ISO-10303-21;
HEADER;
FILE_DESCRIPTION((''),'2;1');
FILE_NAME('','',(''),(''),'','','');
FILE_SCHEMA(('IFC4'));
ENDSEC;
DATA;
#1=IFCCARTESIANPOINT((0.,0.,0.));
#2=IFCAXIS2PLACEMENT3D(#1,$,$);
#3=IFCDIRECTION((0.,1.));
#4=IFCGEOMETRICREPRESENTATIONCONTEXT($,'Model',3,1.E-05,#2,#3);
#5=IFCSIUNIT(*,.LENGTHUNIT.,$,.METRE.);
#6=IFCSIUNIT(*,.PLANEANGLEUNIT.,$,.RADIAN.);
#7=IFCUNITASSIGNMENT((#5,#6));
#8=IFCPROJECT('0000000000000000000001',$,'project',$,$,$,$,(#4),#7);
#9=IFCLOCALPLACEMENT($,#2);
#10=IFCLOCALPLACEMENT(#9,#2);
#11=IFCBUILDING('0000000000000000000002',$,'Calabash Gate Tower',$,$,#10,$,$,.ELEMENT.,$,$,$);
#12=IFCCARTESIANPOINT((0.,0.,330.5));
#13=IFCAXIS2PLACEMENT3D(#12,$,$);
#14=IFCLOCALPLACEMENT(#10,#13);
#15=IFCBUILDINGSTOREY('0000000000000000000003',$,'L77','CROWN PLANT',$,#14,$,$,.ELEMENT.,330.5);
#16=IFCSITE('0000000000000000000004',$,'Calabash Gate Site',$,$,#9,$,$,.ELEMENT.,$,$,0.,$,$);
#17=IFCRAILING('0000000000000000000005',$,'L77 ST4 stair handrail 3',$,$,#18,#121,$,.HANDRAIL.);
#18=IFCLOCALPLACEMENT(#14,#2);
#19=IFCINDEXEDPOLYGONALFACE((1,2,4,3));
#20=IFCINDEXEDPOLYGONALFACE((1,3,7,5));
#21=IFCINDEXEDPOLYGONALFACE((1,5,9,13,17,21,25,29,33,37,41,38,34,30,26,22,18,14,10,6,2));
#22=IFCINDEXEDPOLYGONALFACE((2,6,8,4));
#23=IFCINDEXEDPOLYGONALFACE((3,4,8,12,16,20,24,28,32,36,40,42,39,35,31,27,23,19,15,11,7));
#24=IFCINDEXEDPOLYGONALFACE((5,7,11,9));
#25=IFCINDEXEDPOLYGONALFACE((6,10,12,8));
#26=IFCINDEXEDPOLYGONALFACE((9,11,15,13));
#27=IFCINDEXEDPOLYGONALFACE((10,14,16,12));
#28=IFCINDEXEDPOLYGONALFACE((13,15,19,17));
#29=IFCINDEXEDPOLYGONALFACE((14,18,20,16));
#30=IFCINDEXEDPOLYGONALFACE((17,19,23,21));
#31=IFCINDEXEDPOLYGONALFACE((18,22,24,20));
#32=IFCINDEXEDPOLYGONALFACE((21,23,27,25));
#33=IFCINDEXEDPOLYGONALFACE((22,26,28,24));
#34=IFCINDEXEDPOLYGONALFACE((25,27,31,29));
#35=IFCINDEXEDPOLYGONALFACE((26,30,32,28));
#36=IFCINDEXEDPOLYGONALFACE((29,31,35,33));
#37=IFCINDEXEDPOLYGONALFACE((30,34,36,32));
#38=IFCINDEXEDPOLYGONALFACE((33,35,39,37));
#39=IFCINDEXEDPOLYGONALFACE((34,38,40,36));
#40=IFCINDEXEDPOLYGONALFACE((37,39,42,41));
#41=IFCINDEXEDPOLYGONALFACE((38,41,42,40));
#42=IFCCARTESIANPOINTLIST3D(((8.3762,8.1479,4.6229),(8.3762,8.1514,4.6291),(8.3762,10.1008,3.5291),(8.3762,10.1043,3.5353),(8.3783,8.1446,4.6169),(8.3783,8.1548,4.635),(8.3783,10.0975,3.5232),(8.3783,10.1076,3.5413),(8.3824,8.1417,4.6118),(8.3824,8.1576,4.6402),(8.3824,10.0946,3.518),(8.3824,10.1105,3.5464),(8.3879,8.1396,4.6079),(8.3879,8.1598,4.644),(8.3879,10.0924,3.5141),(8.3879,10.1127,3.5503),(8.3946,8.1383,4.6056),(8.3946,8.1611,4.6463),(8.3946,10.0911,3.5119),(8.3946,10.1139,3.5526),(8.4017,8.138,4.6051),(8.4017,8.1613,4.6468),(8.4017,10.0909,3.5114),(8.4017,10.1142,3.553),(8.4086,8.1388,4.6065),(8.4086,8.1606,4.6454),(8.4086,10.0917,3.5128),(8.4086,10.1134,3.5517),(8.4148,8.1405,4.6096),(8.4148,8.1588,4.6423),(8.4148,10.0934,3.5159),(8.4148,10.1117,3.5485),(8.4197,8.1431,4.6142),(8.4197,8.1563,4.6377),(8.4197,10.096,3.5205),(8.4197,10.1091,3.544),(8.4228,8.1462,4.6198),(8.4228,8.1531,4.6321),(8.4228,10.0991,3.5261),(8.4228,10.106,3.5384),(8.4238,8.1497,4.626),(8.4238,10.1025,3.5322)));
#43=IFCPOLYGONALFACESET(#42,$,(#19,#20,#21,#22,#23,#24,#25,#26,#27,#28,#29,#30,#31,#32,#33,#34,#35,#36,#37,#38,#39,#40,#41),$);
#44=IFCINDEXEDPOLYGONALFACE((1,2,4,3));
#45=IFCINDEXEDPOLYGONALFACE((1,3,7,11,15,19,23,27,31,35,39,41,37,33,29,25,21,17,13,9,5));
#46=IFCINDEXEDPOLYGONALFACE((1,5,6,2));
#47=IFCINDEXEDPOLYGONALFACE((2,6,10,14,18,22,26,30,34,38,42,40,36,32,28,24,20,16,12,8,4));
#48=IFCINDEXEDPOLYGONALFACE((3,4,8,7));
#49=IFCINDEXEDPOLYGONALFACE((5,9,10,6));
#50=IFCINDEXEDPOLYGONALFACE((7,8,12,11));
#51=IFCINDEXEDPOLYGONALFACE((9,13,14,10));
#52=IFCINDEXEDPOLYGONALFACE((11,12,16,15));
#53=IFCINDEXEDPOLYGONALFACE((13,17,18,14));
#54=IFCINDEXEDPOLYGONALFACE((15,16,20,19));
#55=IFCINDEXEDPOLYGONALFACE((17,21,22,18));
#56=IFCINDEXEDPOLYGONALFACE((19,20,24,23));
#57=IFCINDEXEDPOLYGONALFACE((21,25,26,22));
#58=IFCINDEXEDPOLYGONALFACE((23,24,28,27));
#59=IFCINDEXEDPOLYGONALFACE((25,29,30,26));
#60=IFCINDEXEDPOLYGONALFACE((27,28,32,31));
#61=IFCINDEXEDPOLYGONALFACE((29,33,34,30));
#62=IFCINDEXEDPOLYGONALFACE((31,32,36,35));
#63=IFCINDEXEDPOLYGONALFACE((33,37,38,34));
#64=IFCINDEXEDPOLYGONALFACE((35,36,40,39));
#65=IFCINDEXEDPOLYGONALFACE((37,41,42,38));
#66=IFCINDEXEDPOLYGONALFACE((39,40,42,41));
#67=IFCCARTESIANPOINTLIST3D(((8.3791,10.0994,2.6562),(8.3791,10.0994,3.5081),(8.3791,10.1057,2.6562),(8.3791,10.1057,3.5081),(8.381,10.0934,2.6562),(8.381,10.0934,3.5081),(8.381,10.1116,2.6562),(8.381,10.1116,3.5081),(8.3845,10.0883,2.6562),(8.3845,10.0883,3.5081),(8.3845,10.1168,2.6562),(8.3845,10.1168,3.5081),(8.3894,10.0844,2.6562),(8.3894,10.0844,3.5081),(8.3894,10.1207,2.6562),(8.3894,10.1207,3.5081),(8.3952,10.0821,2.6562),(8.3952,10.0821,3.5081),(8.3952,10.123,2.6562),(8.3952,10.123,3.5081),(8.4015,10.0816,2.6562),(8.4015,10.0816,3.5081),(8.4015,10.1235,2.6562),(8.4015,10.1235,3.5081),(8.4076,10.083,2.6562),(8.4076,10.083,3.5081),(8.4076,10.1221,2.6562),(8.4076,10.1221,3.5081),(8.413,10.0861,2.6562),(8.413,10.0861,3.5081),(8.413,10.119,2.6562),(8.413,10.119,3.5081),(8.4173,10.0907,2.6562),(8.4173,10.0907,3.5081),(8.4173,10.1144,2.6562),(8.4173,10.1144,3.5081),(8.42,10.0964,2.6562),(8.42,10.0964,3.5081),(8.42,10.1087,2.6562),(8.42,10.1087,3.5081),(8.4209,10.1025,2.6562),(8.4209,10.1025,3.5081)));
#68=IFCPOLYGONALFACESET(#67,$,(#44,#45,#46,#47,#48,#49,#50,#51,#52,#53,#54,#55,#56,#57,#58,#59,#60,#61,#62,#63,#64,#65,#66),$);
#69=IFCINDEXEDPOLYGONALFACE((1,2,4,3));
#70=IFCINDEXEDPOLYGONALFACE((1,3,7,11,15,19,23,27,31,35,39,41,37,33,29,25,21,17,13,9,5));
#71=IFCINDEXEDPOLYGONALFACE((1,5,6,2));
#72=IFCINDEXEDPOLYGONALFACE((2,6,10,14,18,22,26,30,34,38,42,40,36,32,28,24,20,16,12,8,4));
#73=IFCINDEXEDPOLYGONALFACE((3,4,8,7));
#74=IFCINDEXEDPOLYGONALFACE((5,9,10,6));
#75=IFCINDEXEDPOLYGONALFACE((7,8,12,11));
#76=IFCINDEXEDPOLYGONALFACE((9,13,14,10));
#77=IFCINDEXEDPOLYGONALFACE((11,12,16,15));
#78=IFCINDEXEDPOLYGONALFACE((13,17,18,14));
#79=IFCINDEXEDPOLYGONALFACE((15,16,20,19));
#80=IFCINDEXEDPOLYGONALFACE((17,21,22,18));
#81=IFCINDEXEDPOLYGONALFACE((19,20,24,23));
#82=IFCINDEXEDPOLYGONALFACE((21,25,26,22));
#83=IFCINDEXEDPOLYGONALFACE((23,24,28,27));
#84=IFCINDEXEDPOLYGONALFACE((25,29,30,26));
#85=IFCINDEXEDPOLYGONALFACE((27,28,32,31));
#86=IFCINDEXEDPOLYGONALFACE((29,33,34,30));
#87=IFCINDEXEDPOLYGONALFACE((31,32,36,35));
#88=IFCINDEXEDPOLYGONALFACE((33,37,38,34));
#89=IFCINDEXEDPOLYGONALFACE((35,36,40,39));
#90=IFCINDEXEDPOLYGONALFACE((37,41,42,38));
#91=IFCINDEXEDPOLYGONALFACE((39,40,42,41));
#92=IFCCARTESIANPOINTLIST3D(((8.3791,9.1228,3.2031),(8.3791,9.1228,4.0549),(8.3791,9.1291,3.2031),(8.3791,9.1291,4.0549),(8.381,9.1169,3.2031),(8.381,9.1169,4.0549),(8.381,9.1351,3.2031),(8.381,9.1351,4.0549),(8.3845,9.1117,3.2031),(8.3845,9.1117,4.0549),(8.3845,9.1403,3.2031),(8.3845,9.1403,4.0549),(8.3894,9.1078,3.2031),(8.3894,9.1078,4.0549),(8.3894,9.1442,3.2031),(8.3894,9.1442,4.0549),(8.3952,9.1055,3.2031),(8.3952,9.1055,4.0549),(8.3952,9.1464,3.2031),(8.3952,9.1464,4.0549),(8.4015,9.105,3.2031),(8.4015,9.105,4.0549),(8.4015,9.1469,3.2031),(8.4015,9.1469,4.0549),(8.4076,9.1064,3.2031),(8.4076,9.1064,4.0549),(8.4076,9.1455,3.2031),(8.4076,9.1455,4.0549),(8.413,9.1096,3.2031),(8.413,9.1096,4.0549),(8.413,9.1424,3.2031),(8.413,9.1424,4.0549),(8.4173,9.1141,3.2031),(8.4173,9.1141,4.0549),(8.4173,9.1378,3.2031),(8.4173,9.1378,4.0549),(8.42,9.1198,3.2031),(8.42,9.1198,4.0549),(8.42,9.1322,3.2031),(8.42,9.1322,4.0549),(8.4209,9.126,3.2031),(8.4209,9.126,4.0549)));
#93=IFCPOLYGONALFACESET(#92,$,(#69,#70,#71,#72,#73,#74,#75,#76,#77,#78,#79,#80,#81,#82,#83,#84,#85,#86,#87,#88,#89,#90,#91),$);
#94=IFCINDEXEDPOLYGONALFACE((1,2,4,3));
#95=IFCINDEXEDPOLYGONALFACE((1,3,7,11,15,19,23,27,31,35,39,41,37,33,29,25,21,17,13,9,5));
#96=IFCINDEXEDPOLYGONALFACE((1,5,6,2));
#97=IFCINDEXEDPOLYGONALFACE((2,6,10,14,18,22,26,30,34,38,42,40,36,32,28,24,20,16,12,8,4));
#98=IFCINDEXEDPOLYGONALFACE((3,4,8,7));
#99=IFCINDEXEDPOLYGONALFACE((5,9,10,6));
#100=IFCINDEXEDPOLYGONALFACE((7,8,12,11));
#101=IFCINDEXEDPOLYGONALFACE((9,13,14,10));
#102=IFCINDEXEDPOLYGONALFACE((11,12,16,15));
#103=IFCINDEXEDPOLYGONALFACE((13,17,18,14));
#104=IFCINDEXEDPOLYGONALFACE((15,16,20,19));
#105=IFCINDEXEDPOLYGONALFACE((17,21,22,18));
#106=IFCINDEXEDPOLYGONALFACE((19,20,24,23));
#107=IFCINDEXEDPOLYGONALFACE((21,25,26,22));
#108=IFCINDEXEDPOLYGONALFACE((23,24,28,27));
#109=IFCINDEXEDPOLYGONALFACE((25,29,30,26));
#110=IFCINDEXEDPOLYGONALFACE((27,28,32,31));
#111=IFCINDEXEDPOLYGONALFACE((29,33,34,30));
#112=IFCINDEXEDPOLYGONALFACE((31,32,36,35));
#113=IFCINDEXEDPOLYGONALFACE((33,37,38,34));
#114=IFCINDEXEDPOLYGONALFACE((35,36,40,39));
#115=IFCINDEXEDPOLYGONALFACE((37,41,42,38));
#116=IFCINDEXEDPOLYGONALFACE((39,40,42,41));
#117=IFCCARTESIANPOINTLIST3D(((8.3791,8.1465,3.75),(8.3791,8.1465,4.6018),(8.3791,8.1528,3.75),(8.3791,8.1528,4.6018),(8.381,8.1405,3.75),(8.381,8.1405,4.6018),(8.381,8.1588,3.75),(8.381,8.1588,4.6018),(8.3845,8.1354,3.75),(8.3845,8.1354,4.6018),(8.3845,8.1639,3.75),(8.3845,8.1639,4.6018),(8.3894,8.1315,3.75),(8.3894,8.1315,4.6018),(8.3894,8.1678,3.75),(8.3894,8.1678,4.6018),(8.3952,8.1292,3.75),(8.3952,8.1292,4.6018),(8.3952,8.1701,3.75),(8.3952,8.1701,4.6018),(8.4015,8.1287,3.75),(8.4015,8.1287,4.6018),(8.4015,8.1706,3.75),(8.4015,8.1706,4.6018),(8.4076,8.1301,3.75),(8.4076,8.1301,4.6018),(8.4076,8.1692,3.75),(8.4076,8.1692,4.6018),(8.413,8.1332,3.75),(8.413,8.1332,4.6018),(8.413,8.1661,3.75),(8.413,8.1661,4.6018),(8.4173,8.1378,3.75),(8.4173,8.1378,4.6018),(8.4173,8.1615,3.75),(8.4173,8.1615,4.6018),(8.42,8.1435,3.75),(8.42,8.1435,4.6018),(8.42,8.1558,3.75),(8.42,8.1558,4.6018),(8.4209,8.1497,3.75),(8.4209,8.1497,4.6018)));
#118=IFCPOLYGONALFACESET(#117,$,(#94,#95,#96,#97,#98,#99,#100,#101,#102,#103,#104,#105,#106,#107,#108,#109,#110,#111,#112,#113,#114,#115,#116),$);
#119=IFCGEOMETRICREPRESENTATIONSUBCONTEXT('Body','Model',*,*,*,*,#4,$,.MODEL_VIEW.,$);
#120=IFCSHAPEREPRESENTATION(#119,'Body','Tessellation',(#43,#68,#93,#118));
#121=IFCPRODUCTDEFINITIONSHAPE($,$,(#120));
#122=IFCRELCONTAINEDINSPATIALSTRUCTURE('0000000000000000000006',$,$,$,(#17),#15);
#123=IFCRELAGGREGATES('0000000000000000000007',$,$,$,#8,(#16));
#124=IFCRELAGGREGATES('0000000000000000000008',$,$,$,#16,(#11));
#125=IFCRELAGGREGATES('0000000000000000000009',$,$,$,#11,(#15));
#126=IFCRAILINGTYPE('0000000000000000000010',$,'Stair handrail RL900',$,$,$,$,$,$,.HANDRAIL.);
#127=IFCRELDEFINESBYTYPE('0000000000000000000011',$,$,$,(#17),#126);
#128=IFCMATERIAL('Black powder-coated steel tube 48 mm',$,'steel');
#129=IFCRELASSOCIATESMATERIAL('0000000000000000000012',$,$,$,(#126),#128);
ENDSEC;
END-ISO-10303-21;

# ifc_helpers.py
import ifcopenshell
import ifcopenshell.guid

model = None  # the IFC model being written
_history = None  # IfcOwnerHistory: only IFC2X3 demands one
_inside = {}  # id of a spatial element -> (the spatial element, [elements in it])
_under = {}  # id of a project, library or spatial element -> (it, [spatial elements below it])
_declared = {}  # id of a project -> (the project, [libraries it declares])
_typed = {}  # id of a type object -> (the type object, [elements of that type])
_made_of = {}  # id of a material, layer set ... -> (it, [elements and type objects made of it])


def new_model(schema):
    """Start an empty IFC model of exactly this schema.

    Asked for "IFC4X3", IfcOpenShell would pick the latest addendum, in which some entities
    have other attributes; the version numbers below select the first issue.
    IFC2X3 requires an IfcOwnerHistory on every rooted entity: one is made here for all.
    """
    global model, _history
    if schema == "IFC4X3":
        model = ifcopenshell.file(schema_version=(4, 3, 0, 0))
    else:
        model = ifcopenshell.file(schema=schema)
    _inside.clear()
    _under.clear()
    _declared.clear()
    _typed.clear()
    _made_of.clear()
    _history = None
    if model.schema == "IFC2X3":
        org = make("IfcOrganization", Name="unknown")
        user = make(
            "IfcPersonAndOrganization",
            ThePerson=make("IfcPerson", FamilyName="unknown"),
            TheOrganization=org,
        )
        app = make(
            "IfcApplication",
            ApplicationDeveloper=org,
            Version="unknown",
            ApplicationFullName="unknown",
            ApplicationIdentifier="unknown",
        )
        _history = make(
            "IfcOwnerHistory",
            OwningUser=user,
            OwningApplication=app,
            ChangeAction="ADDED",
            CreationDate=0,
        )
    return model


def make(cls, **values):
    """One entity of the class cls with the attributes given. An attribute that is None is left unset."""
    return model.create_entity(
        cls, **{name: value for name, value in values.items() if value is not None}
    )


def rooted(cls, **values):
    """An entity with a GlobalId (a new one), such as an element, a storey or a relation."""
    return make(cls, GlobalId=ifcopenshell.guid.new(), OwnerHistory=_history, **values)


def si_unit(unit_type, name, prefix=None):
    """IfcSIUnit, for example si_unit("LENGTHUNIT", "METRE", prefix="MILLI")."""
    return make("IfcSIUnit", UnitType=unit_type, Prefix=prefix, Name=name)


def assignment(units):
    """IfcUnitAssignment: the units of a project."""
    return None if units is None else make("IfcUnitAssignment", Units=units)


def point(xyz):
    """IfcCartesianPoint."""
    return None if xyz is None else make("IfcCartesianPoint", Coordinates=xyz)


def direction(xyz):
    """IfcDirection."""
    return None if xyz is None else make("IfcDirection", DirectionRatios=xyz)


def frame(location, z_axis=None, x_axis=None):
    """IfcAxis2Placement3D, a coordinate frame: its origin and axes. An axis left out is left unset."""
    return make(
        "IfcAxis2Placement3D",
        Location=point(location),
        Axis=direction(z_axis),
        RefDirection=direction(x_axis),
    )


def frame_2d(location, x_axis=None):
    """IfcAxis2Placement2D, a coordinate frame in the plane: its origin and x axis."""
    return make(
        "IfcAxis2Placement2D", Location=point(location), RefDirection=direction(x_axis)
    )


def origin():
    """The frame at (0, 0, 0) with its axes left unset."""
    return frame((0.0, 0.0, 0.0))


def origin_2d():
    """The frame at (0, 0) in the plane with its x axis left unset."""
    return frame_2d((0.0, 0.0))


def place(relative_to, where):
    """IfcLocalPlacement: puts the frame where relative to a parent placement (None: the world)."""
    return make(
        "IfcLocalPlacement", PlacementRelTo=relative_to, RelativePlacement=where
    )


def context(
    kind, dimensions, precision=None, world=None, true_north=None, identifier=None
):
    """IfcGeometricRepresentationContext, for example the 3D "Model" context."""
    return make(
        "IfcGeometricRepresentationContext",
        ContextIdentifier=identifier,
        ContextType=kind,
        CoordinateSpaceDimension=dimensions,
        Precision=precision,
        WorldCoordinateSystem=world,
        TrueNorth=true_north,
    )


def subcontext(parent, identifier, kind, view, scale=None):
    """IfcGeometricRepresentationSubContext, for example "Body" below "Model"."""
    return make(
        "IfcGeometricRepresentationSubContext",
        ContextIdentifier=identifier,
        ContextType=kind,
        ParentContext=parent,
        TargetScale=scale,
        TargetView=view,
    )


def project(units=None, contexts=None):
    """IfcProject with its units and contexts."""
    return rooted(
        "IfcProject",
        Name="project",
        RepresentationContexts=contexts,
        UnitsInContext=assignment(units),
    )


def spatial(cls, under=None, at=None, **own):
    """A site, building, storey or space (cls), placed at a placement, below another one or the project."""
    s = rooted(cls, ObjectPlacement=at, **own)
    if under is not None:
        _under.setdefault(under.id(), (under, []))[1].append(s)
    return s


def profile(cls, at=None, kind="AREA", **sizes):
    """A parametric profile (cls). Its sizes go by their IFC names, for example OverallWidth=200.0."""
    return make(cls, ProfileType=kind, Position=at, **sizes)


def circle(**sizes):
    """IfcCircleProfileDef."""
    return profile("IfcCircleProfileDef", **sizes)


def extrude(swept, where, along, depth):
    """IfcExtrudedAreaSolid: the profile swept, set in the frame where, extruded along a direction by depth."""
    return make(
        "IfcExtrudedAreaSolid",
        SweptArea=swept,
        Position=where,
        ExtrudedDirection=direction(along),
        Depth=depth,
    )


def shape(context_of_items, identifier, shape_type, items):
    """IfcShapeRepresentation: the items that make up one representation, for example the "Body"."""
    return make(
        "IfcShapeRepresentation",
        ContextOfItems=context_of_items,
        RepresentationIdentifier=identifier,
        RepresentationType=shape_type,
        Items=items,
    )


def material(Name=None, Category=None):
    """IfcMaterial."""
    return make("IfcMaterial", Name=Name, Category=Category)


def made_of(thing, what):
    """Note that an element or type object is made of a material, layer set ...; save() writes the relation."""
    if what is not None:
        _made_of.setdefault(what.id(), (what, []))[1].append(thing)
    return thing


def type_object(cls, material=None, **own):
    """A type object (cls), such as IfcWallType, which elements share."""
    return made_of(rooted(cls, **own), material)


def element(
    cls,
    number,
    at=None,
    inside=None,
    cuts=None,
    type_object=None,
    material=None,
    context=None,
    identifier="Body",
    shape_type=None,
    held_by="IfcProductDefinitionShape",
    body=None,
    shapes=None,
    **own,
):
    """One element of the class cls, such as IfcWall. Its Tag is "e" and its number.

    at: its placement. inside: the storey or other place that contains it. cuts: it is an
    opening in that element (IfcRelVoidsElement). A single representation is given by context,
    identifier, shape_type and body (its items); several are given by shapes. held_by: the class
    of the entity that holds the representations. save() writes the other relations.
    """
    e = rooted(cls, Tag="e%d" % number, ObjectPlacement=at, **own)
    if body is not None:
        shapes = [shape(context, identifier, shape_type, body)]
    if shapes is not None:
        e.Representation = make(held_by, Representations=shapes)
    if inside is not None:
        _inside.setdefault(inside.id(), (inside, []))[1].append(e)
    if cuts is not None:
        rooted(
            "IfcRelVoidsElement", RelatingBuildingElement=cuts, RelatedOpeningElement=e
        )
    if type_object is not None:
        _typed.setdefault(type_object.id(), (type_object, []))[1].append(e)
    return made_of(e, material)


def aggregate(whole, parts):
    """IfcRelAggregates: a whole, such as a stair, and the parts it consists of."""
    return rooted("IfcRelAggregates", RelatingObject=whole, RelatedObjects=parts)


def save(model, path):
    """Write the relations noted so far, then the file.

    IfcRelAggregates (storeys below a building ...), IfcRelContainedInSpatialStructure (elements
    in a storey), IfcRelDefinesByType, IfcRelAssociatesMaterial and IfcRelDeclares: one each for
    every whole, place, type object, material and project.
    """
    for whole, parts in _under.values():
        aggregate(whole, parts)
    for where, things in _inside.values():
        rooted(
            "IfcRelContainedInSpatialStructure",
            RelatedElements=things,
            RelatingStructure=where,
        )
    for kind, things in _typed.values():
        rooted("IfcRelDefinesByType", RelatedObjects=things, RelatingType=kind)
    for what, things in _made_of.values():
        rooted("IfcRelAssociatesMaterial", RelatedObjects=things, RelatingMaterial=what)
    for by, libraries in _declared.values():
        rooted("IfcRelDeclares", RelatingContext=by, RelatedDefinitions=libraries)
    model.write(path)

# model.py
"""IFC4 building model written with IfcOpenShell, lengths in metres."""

from ifc_helpers import new_model, si_unit, direction, frame, origin, origin_2d, place, context, subcontext, project, spatial, circle, extrude, material, type_object, element, save


model = new_model("IFC4")

# Units and contexts
model_context = context("Model", 3, precision=1e-05, world=origin(), true_north=direction((0.0, 1.0)))
body_context = subcontext(model_context, "Body", "Model", "MODEL_VIEW")
ifc_project = project(units=[si_unit("LENGTHUNIT", "METRE"), si_unit("PLANEANGLEUNIT", "RADIAN")], contexts=[model_context])

# Site, building, storey
site_placement = place(None, origin())
site = spatial("IfcSite", under=ifc_project, at=site_placement, Name="Calabash Gate Site", CompositionType="ELEMENT", RefElevation=0.0)
building_placement = place(site_placement, origin())
building = spatial("IfcBuilding", under=site, at=building_placement, Name="Calabash Gate Tower", CompositionType="ELEMENT")
storey_placement = place(building_placement, frame((0.0, 0.0, 330.5)))
storey = spatial("IfcBuildingStorey", under=building, at=storey_placement, Name="L77", Description="CROWN PLANT", CompositionType="ELEMENT", Elevation=330.5)

# Railing
ifc_material_1 = material(Name="Black powder-coated steel tube 48 mm", Category="steel")
railing_type_1 = type_object("IfcRailingType", Name="Stair handrail RL900", PredefinedType="HANDRAIL", material=ifc_material_1)
for number, where, name in (
    (1, (8.3999, 10.1025, 2.6562), "L77 ST4 stair handrail 3"),
):
    element("IfcRailing", number, at=place(storey_placement, frame(where)), inside=storey, type_object=railing_type_1, Name=name, PredefinedType="HANDRAIL", context=body_context, shape_type="SweptSolid", body=[
        extrude(circle(Radius=0.0239, at=origin_2d()), frame((0.0, 0.0, 0.876), z_axis=(0.0, -0.87248, 0.48865), x_axis=(1.0, 0.0, 0.0)), (0.0, 0.0, 1.0), 2.2383),
        extrude(circle(Radius=0.021, at=origin_2d()), origin(), (0.0, 0.0, 1.0), 0.8518),
        extrude(circle(Radius=0.021, at=origin_2d()), frame((0.0, -0.9766, 0.5469)), (0.0, 0.0, 1.0), 0.8518),
        extrude(circle(Radius=0.021, at=origin_2d()), frame((0.0, -1.9529, 1.0938)), (0.0, 0.0, 1.0), 0.8518),
    ])

save(model, "model.ifc")
